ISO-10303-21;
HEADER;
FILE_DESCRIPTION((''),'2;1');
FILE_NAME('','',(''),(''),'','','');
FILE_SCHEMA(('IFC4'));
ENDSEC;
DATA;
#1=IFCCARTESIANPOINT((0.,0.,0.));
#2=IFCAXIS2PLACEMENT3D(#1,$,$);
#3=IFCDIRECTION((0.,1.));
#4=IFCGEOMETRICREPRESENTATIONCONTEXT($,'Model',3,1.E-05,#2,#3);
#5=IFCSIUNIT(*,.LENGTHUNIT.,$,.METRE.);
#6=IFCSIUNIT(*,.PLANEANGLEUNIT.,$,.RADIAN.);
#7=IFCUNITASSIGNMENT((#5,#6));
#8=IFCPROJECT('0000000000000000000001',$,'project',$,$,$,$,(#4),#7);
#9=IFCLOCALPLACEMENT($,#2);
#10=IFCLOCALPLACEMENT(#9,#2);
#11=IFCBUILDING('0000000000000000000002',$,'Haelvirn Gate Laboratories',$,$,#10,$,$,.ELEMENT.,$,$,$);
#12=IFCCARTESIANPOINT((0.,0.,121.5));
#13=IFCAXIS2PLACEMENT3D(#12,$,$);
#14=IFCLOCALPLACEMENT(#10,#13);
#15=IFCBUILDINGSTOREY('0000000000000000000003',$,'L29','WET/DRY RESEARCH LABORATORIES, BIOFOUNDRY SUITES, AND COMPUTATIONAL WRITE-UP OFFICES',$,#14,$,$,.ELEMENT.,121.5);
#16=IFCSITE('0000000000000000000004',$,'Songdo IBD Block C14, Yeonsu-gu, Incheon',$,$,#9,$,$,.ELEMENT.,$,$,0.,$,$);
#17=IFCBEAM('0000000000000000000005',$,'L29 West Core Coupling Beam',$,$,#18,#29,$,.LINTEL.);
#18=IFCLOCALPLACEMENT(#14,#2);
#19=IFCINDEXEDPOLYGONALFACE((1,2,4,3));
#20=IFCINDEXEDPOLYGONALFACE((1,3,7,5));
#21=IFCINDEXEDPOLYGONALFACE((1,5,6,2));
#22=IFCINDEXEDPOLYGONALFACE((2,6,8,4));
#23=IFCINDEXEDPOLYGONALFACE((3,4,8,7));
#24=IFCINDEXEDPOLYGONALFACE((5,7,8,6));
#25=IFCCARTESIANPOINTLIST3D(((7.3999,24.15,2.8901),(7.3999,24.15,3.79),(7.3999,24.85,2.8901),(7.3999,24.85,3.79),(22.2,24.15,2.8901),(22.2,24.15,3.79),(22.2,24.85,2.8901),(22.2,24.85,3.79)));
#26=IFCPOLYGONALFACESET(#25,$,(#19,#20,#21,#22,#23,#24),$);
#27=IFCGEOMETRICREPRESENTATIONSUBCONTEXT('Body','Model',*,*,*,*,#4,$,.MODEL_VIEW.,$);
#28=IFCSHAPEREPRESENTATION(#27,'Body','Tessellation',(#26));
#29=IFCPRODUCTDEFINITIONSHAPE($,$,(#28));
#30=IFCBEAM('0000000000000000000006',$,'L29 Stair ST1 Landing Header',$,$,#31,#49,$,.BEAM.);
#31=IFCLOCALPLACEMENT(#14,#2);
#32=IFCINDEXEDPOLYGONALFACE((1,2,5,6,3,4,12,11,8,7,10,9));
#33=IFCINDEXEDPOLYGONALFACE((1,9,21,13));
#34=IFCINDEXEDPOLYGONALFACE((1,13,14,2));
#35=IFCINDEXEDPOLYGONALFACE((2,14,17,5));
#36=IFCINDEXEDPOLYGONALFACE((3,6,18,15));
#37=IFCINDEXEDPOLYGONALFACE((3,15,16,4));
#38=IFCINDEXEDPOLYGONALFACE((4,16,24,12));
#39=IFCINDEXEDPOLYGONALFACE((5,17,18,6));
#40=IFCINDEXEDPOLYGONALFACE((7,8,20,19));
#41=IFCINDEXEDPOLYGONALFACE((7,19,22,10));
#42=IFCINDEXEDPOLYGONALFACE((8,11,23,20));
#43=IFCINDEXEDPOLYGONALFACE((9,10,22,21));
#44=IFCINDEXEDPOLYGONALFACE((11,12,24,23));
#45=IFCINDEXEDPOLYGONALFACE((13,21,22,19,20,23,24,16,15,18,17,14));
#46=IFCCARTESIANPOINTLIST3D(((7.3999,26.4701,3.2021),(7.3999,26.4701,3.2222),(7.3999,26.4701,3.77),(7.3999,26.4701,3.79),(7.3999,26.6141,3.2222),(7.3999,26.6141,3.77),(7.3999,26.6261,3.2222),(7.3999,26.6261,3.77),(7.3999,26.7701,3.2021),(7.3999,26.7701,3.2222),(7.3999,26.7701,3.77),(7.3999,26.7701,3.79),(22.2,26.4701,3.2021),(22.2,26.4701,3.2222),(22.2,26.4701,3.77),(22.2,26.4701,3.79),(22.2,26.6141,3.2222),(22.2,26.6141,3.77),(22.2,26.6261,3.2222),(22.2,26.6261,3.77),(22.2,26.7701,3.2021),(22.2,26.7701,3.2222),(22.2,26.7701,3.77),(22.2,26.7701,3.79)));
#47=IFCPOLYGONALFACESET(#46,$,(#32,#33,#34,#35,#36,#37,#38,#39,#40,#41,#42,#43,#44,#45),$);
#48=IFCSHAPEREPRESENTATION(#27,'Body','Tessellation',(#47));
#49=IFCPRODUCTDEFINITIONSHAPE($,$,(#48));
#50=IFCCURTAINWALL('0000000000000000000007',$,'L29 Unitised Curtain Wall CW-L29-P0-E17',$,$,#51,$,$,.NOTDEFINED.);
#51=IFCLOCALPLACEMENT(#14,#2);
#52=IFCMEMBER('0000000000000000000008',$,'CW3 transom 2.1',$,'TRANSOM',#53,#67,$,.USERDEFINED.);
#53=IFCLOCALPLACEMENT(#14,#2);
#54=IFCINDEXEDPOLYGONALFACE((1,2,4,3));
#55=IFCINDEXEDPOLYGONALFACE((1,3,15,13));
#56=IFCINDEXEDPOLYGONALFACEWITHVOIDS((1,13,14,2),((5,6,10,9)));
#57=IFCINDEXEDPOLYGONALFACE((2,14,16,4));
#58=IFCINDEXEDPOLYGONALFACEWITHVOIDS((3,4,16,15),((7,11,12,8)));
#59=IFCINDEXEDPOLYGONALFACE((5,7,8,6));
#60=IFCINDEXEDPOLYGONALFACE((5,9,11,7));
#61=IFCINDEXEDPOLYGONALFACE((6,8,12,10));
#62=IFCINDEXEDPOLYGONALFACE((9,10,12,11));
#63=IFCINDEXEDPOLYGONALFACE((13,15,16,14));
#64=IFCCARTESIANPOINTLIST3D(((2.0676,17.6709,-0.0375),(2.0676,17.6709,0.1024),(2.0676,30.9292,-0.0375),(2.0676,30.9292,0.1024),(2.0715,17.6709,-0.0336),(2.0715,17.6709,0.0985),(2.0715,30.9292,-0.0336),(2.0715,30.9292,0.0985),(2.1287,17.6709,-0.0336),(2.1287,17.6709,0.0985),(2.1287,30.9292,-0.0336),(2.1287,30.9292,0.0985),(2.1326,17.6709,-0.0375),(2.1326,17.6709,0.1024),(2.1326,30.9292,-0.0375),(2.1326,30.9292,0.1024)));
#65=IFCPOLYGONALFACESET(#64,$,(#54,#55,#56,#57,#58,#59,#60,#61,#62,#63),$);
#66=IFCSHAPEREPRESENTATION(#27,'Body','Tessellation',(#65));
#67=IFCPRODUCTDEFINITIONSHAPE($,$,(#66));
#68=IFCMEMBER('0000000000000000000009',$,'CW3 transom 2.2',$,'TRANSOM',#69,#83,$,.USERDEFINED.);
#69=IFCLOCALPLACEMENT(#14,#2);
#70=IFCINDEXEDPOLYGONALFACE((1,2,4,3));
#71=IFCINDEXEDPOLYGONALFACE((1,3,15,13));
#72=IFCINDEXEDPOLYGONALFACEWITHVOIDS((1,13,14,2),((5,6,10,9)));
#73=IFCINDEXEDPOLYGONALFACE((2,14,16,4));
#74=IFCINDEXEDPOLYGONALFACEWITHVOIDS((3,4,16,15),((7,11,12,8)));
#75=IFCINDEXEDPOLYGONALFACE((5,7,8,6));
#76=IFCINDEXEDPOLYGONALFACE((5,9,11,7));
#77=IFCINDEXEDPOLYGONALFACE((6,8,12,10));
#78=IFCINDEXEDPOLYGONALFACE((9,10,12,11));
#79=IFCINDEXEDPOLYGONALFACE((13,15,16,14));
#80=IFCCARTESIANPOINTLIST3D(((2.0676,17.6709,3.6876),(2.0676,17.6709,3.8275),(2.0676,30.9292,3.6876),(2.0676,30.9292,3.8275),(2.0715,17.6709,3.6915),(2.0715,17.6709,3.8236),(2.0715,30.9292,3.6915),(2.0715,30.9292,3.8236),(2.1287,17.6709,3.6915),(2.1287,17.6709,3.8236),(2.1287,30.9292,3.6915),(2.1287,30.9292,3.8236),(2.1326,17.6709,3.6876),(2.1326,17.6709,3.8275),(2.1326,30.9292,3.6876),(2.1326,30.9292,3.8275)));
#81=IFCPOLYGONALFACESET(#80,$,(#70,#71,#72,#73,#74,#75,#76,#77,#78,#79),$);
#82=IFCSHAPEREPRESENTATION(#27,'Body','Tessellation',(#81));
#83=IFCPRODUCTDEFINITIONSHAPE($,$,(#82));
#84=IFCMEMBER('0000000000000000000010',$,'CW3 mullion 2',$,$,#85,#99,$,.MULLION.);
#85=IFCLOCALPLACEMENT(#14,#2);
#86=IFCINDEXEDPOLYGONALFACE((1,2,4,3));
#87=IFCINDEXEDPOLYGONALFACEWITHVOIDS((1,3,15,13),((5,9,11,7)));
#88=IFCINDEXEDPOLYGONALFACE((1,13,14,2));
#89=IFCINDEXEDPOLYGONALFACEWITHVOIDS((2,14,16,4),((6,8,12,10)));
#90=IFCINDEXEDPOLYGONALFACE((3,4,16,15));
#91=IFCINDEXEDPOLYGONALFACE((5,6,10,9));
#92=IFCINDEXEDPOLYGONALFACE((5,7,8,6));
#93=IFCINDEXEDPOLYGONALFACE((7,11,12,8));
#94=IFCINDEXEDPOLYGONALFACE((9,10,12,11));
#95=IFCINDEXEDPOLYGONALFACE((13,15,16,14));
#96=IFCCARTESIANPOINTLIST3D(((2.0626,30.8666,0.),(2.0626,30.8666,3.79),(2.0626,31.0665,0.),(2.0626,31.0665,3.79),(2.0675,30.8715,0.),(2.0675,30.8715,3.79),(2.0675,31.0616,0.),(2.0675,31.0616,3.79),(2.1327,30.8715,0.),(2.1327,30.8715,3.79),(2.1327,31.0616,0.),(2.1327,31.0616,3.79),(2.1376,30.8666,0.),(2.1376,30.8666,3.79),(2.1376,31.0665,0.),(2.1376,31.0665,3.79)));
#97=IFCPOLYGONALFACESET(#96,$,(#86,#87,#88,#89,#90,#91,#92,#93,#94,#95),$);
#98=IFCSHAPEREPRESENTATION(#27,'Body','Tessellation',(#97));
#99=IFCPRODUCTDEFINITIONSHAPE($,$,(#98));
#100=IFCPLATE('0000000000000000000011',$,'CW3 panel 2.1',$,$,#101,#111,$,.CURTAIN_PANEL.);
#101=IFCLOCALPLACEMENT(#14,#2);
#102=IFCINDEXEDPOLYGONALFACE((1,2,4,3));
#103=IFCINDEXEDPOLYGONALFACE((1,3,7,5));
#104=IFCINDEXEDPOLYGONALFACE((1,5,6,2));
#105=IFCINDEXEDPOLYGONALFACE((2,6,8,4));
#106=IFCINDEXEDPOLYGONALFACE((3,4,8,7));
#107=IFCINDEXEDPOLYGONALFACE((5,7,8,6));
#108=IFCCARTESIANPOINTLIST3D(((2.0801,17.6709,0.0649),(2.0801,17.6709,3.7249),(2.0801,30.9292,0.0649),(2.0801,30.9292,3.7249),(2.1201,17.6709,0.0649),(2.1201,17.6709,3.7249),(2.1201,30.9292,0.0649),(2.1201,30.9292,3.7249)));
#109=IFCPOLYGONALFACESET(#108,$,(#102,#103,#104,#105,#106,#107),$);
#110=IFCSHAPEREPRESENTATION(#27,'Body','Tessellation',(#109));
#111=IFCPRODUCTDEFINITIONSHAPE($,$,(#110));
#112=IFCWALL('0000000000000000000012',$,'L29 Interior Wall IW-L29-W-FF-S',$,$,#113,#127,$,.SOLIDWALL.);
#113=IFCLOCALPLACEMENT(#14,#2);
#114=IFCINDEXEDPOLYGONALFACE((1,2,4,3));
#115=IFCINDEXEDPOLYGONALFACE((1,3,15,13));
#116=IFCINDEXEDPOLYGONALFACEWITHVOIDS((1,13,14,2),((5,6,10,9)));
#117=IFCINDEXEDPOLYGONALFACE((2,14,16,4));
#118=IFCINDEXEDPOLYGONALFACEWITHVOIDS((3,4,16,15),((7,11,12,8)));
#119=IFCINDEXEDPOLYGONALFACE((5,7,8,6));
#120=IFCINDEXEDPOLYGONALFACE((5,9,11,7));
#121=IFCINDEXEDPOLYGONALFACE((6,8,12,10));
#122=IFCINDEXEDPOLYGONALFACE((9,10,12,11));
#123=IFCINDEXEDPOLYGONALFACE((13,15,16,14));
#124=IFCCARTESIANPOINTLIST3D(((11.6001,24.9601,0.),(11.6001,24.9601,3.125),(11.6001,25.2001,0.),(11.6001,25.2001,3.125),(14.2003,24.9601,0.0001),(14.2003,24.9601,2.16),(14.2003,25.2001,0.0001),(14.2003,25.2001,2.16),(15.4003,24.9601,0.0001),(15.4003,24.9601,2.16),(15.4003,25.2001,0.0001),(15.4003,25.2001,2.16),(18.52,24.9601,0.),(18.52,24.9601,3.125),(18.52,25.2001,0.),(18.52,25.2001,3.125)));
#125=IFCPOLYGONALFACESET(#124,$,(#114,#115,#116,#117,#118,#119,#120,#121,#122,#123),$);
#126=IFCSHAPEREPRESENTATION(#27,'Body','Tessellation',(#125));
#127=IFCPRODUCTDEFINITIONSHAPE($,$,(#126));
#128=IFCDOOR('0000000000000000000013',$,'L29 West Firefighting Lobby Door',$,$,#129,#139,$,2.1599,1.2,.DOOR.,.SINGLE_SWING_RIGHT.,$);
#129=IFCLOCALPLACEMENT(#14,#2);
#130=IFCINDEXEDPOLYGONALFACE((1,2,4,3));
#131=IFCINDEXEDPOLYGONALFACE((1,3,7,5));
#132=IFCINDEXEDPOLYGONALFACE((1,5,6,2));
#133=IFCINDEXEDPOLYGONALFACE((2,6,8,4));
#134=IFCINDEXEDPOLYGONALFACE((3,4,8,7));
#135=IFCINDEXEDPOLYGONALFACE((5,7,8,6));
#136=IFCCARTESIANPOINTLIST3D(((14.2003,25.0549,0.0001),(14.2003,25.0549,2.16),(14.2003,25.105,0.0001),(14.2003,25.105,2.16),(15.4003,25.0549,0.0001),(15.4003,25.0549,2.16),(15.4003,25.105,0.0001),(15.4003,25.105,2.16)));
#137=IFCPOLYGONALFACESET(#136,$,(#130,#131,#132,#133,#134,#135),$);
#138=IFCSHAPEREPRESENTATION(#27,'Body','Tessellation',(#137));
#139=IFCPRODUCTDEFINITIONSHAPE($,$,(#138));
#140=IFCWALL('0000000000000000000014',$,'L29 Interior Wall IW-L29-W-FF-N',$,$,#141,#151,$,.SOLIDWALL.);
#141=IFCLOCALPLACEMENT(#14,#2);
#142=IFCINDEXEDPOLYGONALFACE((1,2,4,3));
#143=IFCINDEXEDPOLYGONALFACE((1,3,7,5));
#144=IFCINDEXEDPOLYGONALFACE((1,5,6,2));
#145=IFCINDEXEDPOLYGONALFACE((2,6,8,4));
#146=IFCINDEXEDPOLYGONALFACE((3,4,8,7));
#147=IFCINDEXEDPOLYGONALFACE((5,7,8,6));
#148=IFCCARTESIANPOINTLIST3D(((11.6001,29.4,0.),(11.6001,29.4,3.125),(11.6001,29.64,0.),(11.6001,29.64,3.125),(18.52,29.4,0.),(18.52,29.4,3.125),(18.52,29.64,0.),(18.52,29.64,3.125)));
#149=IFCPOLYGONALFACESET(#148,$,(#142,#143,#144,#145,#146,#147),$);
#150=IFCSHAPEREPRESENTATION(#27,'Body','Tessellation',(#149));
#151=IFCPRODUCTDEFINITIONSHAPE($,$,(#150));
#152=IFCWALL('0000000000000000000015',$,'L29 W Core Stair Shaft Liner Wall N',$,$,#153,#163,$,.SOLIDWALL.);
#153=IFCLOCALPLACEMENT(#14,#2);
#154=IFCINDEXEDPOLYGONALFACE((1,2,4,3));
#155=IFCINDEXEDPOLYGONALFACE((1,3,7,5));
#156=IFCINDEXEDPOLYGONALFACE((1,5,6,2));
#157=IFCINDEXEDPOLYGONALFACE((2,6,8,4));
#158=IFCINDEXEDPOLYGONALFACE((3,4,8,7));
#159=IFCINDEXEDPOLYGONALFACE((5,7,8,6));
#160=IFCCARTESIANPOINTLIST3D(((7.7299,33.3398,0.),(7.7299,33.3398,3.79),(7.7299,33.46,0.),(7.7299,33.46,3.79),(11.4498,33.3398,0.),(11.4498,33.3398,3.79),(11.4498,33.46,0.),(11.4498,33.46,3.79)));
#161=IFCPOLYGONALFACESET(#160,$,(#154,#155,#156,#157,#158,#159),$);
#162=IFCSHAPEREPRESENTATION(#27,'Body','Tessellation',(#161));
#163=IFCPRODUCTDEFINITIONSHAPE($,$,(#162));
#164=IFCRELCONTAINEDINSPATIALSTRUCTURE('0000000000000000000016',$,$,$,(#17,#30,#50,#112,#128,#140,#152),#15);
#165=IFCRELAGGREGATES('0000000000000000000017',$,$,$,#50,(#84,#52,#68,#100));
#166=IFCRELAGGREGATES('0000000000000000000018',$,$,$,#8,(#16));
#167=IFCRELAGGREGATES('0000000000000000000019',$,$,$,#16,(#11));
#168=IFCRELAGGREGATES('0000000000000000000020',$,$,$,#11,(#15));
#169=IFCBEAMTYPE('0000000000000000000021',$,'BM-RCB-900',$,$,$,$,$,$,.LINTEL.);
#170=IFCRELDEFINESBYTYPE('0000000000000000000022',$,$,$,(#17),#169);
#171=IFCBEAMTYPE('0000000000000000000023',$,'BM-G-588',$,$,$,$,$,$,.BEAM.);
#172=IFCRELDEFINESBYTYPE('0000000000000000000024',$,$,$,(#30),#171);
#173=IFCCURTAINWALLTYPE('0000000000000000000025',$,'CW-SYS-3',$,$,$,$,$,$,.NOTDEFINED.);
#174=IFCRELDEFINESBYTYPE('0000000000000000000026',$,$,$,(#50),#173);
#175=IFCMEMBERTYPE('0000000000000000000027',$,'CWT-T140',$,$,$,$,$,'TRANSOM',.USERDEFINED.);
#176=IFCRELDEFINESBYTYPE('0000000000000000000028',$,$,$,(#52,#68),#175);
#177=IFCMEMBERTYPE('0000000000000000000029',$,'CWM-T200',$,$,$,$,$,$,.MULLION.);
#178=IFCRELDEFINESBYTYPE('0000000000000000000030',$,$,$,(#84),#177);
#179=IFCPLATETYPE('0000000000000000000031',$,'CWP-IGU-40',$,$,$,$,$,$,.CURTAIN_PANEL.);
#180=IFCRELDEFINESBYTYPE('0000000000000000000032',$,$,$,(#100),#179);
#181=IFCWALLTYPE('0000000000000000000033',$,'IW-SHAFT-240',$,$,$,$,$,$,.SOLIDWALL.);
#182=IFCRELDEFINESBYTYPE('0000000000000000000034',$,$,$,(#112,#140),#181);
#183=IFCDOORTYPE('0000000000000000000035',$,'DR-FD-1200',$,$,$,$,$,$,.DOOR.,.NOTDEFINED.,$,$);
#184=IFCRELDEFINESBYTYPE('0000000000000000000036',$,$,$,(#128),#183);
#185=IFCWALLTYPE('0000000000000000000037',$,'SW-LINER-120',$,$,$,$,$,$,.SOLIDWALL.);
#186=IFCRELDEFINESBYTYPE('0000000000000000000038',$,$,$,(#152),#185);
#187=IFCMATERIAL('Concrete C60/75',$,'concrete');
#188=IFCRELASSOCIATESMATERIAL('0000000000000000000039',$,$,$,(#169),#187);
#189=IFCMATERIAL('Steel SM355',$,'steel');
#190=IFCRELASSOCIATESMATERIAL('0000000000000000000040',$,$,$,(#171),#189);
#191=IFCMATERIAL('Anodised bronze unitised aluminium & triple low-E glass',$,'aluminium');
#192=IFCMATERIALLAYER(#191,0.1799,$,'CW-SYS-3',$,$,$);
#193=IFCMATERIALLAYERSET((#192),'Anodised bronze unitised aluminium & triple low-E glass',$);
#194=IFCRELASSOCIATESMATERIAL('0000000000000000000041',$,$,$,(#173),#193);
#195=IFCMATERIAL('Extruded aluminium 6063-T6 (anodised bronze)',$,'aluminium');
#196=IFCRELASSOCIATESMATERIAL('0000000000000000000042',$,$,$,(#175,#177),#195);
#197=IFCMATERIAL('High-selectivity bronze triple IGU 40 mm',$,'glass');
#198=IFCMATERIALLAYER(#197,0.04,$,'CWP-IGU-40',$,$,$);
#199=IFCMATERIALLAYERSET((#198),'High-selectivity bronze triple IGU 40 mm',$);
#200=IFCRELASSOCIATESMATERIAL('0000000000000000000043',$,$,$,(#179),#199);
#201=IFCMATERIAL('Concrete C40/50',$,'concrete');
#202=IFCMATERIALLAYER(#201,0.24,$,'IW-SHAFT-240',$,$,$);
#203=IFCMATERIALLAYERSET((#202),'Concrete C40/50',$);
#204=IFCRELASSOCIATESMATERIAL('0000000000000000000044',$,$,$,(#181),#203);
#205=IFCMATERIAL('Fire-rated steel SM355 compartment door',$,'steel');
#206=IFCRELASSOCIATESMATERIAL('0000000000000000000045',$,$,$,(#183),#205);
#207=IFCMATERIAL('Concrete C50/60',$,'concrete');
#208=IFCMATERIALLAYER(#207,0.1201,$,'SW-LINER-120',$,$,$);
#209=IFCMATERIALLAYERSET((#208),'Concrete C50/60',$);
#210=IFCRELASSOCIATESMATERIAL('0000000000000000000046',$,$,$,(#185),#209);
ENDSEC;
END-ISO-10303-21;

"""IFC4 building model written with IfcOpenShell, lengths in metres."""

from ifc_helpers import new_model, si_unit, direction, frame, frame_2d, origin, origin_2d, place, context, subcontext, project, spatial, rectangle, hollow_rectangle, i_section, extrude, source, transform, mapped, material, layer, layer_set, material_profile, profile_set, type_object, type_shapes, element, fill, aggregate, save


model = new_model("IFC4")

# Units and contexts
model_context = context("Model", 3, precision=1e-05, world=origin(), true_north=direction((0.0, 1.0)))
body_context = subcontext(model_context, "Body", "Model", "MODEL_VIEW")
ifc_project = project(units=[si_unit("LENGTHUNIT", "METRE"), si_unit("PLANEANGLEUNIT", "RADIAN")], contexts=[model_context])

# Site, building, storey
site_placement = place(None, origin())
site = spatial("IfcSite", under=ifc_project, at=site_placement, Name="Songdo IBD Block C14, Yeonsu-gu, Incheon", CompositionType="ELEMENT", RefElevation=0.0)
building_placement = place(site_placement, origin())
building = spatial("IfcBuilding", under=site, at=building_placement, Name="Haelvirn Gate Laboratories", CompositionType="ELEMENT")
storey_placement = place(building_placement, frame((0.0, 0.0, 121.5)))
storey = spatial("IfcBuildingStorey", under=building, at=storey_placement, Name="L29", Description="WET/DRY RESEARCH LABORATORIES, BIOFOUNDRY SUITES, AND COMPUTATIONAL WRITE-UP OFFICES", CompositionType="ELEMENT", Elevation=121.5)

# Beams
ifc_material_1 = material(Name="Concrete C60/75", Category="concrete")
ifc_material_profile_1 = material_profile(ifc_material_1, rectangle(XDim=0.7, YDim=0.8999, at=origin_2d()), Name="RCB-700x900")
ifc_profile_set_1 = profile_set([ifc_material_profile_1], Name="Concrete C60/75")
beam_type_1 = type_object("IfcBeamType", Name="BM-RCB-900", PredefinedType="LINTEL", material=ifc_profile_set_1)
shared_shape_1 = source(origin(), body_context, "Body", "SweptSolid", [
    extrude(rectangle(XDim=0.7, YDim=0.8999, at=origin_2d()), origin(), (0.0, 0.0, 1.0), 14.8),
])
type_shapes(beam_type_1, [shared_shape_1])
beam_1_placement = place(storey_placement, frame((7.3999, 24.5, 3.3401), z_axis=(1.0, 0.0, 0.0), x_axis=(0.0, 1.0, 0.0)))
element("IfcBeam", 1, at=beam_1_placement, inside=storey, type_object=beam_type_1, Name="L29 West Core Coupling Beam", PredefinedType="LINTEL", context=body_context, shape_type="MappedRepresentation", body=[
    mapped(shared_shape_1, transform((0.0, 0.0, 0.0), scale=1.0)),
])
ifc_material_2 = material(Name="Steel SM355", Category="steel")
ifc_material_profile_2 = material_profile(ifc_material_2, i_section(OverallWidth=0.3, OverallDepth=0.5879, WebThickness=0.012, FlangeThickness=0.02, at=origin_2d()), Name="H-588x300x12x20")
ifc_profile_set_2 = profile_set([ifc_material_profile_2], Name="Steel SM355")
beam_type_2 = type_object("IfcBeamType", Name="BM-G-588", PredefinedType="BEAM", material=ifc_profile_set_2)
shared_shape_2 = source(origin(), body_context, "Body", "SweptSolid", [
    extrude(i_section(OverallWidth=0.3, OverallDepth=0.5879, WebThickness=0.012, FlangeThickness=0.02, at=origin_2d()), origin(), (0.0, 0.0, 1.0), 14.8),
])
type_shapes(beam_type_2, [shared_shape_2])
beam_2_placement = place(storey_placement, frame((7.3999, 26.6201, 3.4961), z_axis=(1.0, 0.0, 0.0), x_axis=(0.0, 1.0, 0.0)))
element("IfcBeam", 2, at=beam_2_placement, inside=storey, type_object=beam_type_2, Name="L29 Stair ST1 Landing Header", PredefinedType="BEAM", context=body_context, shape_type="MappedRepresentation", body=[
    mapped(shared_shape_2, transform((0.0, 0.0, 0.0), scale=1.0)),
])

# Curtain wall, members, plate
ifc_material_3 = material(Name="Anodised bronze unitised aluminium & triple low-E glass", Category="aluminium")
ifc_layer_1 = layer(ifc_material_3, 0.1799, Name="CW-SYS-3")
ifc_layer_set_1 = layer_set([ifc_layer_1], Name="Anodised bronze unitised aluminium & triple low-E glass")
curtain_wall_type = type_object("IfcCurtainWallType", Name="CW-SYS-3", PredefinedType="NOTDEFINED", material=ifc_layer_set_1)
curtain_wall_placement = place(storey_placement, origin())
curtain_wall = element("IfcCurtainWall", 3, at=curtain_wall_placement, inside=storey, type_object=curtain_wall_type, Name="L29 Unitised Curtain Wall CW-L29-P0-E17", PredefinedType="NOTDEFINED")
ifc_material_4 = material(Name="Extruded aluminium 6063-T6 (anodised bronze)", Category="aluminium")
ifc_material_profile_3 = material_profile(ifc_material_4, hollow_rectangle(XDim=0.0649, YDim=0.1399, WallThickness=0.0039, at=origin_2d()), Name="CWT-140x65x4")
ifc_profile_set_3 = profile_set([ifc_material_profile_3], Name="Extruded aluminium 6063-T6 (anodised bronze)")
member_type_1 = type_object("IfcMemberType", Name="CWT-T140", ElementType="TRANSOM", PredefinedType="USERDEFINED", material=ifc_profile_set_3)
shared_shape_3 = source(origin(), body_context, "Body", "SweptSolid", [
    extrude(hollow_rectangle(XDim=0.0649, YDim=0.1399, WallThickness=0.0039, at=origin_2d()), origin(), (0.0, 0.0, 1.0), 13.2583),
])
type_shapes(member_type_1, [shared_shape_3])
member_1_placement = place(storey_placement, frame((2.1001, 30.9292, 0.0325), z_axis=(0.0, -1.0, 0.0), x_axis=(1.0, 0.0, 0.0)))
member_1 = element("IfcMember", 4, at=member_1_placement, type_object=member_type_1, Name="CW3 transom 2.1", ObjectType="TRANSOM", PredefinedType="USERDEFINED", context=body_context, shape_type="MappedRepresentation", body=[
    mapped(shared_shape_3, transform((0.0, 0.0, 0.0), scale=1.0)),
])
member_2_placement = place(storey_placement, frame((2.1001, 30.9292, 3.7576), z_axis=(0.0, -1.0, 0.0), x_axis=(1.0, 0.0, 0.0)))
member_2 = element("IfcMember", 5, at=member_2_placement, type_object=member_type_1, Name="CW3 transom 2.2", ObjectType="TRANSOM", PredefinedType="USERDEFINED", context=body_context, shape_type="MappedRepresentation", body=[
    mapped(shared_shape_3, transform((0.0, 0.0, 0.0), scale=1.0)),
])
ifc_material_profile_4 = material_profile(ifc_material_4, hollow_rectangle(XDim=0.075, YDim=0.2, WallThickness=0.0049, at=origin_2d()), Name="CWM-200x75x5")
ifc_profile_set_4 = profile_set([ifc_material_profile_4], Name="Extruded aluminium 6063-T6 (anodised bronze)")
member_type_2 = type_object("IfcMemberType", Name="CWM-T200", PredefinedType="MULLION", material=ifc_profile_set_4)
shared_shape_4 = source(origin(), body_context, "Body", "SweptSolid", [
    extrude(hollow_rectangle(XDim=0.075, YDim=0.2, WallThickness=0.0049, at=origin_2d()), origin(), (0.0, 0.0, 1.0), 3.79),
])
type_shapes(member_type_2, [shared_shape_4])
member_3_placement = place(storey_placement, frame((2.1001, 30.9666, 0.0), z_axis=(0.0, 0.0, 1.0), x_axis=(1.0, 0.0, 0.0)))
member_3 = element("IfcMember", 6, at=member_3_placement, type_object=member_type_2, Name="CW3 mullion 2", PredefinedType="MULLION", context=body_context, shape_type="MappedRepresentation", body=[
    mapped(shared_shape_4, transform((0.0, 0.0, 0.0), scale=1.0)),
])
ifc_material_5 = material(Name="High-selectivity bronze triple IGU 40 mm", Category="glass")
ifc_layer_2 = layer(ifc_material_5, 0.04, Name="CWP-IGU-40")
ifc_layer_set_2 = layer_set([ifc_layer_2], Name="High-selectivity bronze triple IGU 40 mm")
plate_type = type_object("IfcPlateType", Name="CWP-IGU-40", PredefinedType="CURTAIN_PANEL", material=ifc_layer_set_2)
shared_shape_5 = source(origin(), body_context, "Body", "SweptSolid", [
    extrude(rectangle(XDim=13.2583, YDim=0.04, at=origin_2d()), origin(), (0.0, 0.0, 1.0), 3.6599),
])
type_shapes(plate_type, [shared_shape_5])
plate_placement = place(storey_placement, frame((2.1001, 24.3, 0.0649), z_axis=(0.0, 0.0, 1.0), x_axis=(0.0, -1.0, 0.0)))
plate = element("IfcPlate", 7, at=plate_placement, type_object=plate_type, Name="CW3 panel 2.1", PredefinedType="CURTAIN_PANEL", context=body_context, shape_type="MappedRepresentation", body=[
    mapped(shared_shape_5, transform((0.0, 0.0, 0.0), scale=1.0)),
])
aggregate(curtain_wall, [member_3, member_1, member_2, plate])

# Wall, opening, door
ifc_material_6 = material(Name="Concrete C40/50", Category="concrete")
ifc_layer_3 = layer(ifc_material_6, 0.24, Name="IW-SHAFT-240")
ifc_layer_set_3 = layer_set([ifc_layer_3], Name="Concrete C40/50")
wall_type_1 = type_object("IfcWallType", Name="IW-SHAFT-240", PredefinedType="SOLIDWALL", material=ifc_layer_set_3)
wall_1_placement = place(storey_placement, frame((11.6001, 25.0801, 0.0), z_axis=(0.0, 0.0, 1.0), x_axis=(1.0, 0.0, 0.0)))
wall_1 = element("IfcWall", 8, at=wall_1_placement, inside=storey, type_object=wall_type_1, Name="L29 Interior Wall IW-L29-W-FF-S", PredefinedType="SOLIDWALL", context=body_context, shape_type="SweptSolid", body=[
    extrude(rectangle(XDim=6.9199, YDim=0.24, at=frame_2d((3.46, 0.0))), origin(), (0.0, 0.0, 1.0), 3.125),
])
opening_1_placement = place(wall_1_placement, frame((2.6001, 0.0, 0.0)))
opening_1 = element("IfcOpeningElement", 9, at=opening_1_placement, cuts=wall_1, PredefinedType="OPENING", context=body_context, shape_type="SweptSolid", body=[
    extrude(rectangle(XDim=1.2, YDim=2.1599, at=frame_2d((0.6001, 1.0801))), frame((0.0, 0.1299, 0.0), z_axis=(0.0, -1.0, 0.0), x_axis=(1.0, 0.0, 0.0)), (0.0, 0.0, 1.0), 0.26),
])
ifc_material_7 = material(Name="Fire-rated steel SM355 compartment door", Category="steel")
door_type_1 = type_object("IfcDoorType", Name="DR-FD-1200", OperationType="NOTDEFINED", PredefinedType="DOOR", material=ifc_material_7)
shared_shape_6 = source(origin(), body_context, "Body", "SweptSolid", [
    extrude(rectangle(XDim=1.2, YDim=2.1599, at=frame_2d((0.6001, 1.0801))), frame((0.0, 0.0249, 0.0), z_axis=(0.0, -1.0, 0.0), x_axis=(1.0, 0.0, 0.0)), (0.0, 0.0, 1.0), 0.05),
])
type_shapes(door_type_1, [shared_shape_6])
door_1_placement = place(opening_1_placement, origin())
door_1 = element("IfcDoor", 10, at=door_1_placement, inside=storey, type_object=door_type_1, Name="L29 West Firefighting Lobby Door", OperationType="SINGLE_SWING_RIGHT", OverallHeight=2.1599, OverallWidth=1.2, PredefinedType="DOOR", context=body_context, shape_type="MappedRepresentation", body=[
    mapped(shared_shape_6, transform((0.0, 0.0, 0.0), scale=1.0)),
])
fill(opening_1, door_1)

# Wall
wall_2_placement = place(storey_placement, frame((11.6001, 29.52, 0.0), z_axis=(0.0, 0.0, 1.0), x_axis=(1.0, 0.0, 0.0)))
element("IfcWall", 11, at=wall_2_placement, inside=storey, type_object=wall_type_1, Name="L29 Interior Wall IW-L29-W-FF-N", PredefinedType="SOLIDWALL", context=body_context, shape_type="SweptSolid", body=[
    extrude(rectangle(XDim=6.9199, YDim=0.24, at=frame_2d((3.46, 0.0))), origin(), (0.0, 0.0, 1.0), 3.125),
])

# Wall
ifc_material_8 = material(Name="Concrete C50/60", Category="concrete")
ifc_layer_4 = layer(ifc_material_8, 0.1201, Name="SW-LINER-120")
ifc_layer_set_4 = layer_set([ifc_layer_4], Name="Concrete C50/60")
wall_type_2 = type_object("IfcWallType", Name="SW-LINER-120", PredefinedType="SOLIDWALL", material=ifc_layer_set_4)
wall_3_placement = place(storey_placement, frame((7.73, 33.3999, 0.0), z_axis=(0.0, 0.0, 1.0), x_axis=(1.0, 0.0, 0.0)))
element("IfcWall", 12, at=wall_3_placement, inside=storey, type_object=wall_type_2, Name="L29 W Core Stair Shaft Liner Wall N", PredefinedType="SOLIDWALL", context=body_context, shape_type="SweptSolid", body=[
    extrude(rectangle(XDim=3.72, YDim=0.1201, at=frame_2d((1.8599, 0.0))), origin(), (0.0, 0.0, 1.0), 3.79),
])

save(model, "model.ifc")
